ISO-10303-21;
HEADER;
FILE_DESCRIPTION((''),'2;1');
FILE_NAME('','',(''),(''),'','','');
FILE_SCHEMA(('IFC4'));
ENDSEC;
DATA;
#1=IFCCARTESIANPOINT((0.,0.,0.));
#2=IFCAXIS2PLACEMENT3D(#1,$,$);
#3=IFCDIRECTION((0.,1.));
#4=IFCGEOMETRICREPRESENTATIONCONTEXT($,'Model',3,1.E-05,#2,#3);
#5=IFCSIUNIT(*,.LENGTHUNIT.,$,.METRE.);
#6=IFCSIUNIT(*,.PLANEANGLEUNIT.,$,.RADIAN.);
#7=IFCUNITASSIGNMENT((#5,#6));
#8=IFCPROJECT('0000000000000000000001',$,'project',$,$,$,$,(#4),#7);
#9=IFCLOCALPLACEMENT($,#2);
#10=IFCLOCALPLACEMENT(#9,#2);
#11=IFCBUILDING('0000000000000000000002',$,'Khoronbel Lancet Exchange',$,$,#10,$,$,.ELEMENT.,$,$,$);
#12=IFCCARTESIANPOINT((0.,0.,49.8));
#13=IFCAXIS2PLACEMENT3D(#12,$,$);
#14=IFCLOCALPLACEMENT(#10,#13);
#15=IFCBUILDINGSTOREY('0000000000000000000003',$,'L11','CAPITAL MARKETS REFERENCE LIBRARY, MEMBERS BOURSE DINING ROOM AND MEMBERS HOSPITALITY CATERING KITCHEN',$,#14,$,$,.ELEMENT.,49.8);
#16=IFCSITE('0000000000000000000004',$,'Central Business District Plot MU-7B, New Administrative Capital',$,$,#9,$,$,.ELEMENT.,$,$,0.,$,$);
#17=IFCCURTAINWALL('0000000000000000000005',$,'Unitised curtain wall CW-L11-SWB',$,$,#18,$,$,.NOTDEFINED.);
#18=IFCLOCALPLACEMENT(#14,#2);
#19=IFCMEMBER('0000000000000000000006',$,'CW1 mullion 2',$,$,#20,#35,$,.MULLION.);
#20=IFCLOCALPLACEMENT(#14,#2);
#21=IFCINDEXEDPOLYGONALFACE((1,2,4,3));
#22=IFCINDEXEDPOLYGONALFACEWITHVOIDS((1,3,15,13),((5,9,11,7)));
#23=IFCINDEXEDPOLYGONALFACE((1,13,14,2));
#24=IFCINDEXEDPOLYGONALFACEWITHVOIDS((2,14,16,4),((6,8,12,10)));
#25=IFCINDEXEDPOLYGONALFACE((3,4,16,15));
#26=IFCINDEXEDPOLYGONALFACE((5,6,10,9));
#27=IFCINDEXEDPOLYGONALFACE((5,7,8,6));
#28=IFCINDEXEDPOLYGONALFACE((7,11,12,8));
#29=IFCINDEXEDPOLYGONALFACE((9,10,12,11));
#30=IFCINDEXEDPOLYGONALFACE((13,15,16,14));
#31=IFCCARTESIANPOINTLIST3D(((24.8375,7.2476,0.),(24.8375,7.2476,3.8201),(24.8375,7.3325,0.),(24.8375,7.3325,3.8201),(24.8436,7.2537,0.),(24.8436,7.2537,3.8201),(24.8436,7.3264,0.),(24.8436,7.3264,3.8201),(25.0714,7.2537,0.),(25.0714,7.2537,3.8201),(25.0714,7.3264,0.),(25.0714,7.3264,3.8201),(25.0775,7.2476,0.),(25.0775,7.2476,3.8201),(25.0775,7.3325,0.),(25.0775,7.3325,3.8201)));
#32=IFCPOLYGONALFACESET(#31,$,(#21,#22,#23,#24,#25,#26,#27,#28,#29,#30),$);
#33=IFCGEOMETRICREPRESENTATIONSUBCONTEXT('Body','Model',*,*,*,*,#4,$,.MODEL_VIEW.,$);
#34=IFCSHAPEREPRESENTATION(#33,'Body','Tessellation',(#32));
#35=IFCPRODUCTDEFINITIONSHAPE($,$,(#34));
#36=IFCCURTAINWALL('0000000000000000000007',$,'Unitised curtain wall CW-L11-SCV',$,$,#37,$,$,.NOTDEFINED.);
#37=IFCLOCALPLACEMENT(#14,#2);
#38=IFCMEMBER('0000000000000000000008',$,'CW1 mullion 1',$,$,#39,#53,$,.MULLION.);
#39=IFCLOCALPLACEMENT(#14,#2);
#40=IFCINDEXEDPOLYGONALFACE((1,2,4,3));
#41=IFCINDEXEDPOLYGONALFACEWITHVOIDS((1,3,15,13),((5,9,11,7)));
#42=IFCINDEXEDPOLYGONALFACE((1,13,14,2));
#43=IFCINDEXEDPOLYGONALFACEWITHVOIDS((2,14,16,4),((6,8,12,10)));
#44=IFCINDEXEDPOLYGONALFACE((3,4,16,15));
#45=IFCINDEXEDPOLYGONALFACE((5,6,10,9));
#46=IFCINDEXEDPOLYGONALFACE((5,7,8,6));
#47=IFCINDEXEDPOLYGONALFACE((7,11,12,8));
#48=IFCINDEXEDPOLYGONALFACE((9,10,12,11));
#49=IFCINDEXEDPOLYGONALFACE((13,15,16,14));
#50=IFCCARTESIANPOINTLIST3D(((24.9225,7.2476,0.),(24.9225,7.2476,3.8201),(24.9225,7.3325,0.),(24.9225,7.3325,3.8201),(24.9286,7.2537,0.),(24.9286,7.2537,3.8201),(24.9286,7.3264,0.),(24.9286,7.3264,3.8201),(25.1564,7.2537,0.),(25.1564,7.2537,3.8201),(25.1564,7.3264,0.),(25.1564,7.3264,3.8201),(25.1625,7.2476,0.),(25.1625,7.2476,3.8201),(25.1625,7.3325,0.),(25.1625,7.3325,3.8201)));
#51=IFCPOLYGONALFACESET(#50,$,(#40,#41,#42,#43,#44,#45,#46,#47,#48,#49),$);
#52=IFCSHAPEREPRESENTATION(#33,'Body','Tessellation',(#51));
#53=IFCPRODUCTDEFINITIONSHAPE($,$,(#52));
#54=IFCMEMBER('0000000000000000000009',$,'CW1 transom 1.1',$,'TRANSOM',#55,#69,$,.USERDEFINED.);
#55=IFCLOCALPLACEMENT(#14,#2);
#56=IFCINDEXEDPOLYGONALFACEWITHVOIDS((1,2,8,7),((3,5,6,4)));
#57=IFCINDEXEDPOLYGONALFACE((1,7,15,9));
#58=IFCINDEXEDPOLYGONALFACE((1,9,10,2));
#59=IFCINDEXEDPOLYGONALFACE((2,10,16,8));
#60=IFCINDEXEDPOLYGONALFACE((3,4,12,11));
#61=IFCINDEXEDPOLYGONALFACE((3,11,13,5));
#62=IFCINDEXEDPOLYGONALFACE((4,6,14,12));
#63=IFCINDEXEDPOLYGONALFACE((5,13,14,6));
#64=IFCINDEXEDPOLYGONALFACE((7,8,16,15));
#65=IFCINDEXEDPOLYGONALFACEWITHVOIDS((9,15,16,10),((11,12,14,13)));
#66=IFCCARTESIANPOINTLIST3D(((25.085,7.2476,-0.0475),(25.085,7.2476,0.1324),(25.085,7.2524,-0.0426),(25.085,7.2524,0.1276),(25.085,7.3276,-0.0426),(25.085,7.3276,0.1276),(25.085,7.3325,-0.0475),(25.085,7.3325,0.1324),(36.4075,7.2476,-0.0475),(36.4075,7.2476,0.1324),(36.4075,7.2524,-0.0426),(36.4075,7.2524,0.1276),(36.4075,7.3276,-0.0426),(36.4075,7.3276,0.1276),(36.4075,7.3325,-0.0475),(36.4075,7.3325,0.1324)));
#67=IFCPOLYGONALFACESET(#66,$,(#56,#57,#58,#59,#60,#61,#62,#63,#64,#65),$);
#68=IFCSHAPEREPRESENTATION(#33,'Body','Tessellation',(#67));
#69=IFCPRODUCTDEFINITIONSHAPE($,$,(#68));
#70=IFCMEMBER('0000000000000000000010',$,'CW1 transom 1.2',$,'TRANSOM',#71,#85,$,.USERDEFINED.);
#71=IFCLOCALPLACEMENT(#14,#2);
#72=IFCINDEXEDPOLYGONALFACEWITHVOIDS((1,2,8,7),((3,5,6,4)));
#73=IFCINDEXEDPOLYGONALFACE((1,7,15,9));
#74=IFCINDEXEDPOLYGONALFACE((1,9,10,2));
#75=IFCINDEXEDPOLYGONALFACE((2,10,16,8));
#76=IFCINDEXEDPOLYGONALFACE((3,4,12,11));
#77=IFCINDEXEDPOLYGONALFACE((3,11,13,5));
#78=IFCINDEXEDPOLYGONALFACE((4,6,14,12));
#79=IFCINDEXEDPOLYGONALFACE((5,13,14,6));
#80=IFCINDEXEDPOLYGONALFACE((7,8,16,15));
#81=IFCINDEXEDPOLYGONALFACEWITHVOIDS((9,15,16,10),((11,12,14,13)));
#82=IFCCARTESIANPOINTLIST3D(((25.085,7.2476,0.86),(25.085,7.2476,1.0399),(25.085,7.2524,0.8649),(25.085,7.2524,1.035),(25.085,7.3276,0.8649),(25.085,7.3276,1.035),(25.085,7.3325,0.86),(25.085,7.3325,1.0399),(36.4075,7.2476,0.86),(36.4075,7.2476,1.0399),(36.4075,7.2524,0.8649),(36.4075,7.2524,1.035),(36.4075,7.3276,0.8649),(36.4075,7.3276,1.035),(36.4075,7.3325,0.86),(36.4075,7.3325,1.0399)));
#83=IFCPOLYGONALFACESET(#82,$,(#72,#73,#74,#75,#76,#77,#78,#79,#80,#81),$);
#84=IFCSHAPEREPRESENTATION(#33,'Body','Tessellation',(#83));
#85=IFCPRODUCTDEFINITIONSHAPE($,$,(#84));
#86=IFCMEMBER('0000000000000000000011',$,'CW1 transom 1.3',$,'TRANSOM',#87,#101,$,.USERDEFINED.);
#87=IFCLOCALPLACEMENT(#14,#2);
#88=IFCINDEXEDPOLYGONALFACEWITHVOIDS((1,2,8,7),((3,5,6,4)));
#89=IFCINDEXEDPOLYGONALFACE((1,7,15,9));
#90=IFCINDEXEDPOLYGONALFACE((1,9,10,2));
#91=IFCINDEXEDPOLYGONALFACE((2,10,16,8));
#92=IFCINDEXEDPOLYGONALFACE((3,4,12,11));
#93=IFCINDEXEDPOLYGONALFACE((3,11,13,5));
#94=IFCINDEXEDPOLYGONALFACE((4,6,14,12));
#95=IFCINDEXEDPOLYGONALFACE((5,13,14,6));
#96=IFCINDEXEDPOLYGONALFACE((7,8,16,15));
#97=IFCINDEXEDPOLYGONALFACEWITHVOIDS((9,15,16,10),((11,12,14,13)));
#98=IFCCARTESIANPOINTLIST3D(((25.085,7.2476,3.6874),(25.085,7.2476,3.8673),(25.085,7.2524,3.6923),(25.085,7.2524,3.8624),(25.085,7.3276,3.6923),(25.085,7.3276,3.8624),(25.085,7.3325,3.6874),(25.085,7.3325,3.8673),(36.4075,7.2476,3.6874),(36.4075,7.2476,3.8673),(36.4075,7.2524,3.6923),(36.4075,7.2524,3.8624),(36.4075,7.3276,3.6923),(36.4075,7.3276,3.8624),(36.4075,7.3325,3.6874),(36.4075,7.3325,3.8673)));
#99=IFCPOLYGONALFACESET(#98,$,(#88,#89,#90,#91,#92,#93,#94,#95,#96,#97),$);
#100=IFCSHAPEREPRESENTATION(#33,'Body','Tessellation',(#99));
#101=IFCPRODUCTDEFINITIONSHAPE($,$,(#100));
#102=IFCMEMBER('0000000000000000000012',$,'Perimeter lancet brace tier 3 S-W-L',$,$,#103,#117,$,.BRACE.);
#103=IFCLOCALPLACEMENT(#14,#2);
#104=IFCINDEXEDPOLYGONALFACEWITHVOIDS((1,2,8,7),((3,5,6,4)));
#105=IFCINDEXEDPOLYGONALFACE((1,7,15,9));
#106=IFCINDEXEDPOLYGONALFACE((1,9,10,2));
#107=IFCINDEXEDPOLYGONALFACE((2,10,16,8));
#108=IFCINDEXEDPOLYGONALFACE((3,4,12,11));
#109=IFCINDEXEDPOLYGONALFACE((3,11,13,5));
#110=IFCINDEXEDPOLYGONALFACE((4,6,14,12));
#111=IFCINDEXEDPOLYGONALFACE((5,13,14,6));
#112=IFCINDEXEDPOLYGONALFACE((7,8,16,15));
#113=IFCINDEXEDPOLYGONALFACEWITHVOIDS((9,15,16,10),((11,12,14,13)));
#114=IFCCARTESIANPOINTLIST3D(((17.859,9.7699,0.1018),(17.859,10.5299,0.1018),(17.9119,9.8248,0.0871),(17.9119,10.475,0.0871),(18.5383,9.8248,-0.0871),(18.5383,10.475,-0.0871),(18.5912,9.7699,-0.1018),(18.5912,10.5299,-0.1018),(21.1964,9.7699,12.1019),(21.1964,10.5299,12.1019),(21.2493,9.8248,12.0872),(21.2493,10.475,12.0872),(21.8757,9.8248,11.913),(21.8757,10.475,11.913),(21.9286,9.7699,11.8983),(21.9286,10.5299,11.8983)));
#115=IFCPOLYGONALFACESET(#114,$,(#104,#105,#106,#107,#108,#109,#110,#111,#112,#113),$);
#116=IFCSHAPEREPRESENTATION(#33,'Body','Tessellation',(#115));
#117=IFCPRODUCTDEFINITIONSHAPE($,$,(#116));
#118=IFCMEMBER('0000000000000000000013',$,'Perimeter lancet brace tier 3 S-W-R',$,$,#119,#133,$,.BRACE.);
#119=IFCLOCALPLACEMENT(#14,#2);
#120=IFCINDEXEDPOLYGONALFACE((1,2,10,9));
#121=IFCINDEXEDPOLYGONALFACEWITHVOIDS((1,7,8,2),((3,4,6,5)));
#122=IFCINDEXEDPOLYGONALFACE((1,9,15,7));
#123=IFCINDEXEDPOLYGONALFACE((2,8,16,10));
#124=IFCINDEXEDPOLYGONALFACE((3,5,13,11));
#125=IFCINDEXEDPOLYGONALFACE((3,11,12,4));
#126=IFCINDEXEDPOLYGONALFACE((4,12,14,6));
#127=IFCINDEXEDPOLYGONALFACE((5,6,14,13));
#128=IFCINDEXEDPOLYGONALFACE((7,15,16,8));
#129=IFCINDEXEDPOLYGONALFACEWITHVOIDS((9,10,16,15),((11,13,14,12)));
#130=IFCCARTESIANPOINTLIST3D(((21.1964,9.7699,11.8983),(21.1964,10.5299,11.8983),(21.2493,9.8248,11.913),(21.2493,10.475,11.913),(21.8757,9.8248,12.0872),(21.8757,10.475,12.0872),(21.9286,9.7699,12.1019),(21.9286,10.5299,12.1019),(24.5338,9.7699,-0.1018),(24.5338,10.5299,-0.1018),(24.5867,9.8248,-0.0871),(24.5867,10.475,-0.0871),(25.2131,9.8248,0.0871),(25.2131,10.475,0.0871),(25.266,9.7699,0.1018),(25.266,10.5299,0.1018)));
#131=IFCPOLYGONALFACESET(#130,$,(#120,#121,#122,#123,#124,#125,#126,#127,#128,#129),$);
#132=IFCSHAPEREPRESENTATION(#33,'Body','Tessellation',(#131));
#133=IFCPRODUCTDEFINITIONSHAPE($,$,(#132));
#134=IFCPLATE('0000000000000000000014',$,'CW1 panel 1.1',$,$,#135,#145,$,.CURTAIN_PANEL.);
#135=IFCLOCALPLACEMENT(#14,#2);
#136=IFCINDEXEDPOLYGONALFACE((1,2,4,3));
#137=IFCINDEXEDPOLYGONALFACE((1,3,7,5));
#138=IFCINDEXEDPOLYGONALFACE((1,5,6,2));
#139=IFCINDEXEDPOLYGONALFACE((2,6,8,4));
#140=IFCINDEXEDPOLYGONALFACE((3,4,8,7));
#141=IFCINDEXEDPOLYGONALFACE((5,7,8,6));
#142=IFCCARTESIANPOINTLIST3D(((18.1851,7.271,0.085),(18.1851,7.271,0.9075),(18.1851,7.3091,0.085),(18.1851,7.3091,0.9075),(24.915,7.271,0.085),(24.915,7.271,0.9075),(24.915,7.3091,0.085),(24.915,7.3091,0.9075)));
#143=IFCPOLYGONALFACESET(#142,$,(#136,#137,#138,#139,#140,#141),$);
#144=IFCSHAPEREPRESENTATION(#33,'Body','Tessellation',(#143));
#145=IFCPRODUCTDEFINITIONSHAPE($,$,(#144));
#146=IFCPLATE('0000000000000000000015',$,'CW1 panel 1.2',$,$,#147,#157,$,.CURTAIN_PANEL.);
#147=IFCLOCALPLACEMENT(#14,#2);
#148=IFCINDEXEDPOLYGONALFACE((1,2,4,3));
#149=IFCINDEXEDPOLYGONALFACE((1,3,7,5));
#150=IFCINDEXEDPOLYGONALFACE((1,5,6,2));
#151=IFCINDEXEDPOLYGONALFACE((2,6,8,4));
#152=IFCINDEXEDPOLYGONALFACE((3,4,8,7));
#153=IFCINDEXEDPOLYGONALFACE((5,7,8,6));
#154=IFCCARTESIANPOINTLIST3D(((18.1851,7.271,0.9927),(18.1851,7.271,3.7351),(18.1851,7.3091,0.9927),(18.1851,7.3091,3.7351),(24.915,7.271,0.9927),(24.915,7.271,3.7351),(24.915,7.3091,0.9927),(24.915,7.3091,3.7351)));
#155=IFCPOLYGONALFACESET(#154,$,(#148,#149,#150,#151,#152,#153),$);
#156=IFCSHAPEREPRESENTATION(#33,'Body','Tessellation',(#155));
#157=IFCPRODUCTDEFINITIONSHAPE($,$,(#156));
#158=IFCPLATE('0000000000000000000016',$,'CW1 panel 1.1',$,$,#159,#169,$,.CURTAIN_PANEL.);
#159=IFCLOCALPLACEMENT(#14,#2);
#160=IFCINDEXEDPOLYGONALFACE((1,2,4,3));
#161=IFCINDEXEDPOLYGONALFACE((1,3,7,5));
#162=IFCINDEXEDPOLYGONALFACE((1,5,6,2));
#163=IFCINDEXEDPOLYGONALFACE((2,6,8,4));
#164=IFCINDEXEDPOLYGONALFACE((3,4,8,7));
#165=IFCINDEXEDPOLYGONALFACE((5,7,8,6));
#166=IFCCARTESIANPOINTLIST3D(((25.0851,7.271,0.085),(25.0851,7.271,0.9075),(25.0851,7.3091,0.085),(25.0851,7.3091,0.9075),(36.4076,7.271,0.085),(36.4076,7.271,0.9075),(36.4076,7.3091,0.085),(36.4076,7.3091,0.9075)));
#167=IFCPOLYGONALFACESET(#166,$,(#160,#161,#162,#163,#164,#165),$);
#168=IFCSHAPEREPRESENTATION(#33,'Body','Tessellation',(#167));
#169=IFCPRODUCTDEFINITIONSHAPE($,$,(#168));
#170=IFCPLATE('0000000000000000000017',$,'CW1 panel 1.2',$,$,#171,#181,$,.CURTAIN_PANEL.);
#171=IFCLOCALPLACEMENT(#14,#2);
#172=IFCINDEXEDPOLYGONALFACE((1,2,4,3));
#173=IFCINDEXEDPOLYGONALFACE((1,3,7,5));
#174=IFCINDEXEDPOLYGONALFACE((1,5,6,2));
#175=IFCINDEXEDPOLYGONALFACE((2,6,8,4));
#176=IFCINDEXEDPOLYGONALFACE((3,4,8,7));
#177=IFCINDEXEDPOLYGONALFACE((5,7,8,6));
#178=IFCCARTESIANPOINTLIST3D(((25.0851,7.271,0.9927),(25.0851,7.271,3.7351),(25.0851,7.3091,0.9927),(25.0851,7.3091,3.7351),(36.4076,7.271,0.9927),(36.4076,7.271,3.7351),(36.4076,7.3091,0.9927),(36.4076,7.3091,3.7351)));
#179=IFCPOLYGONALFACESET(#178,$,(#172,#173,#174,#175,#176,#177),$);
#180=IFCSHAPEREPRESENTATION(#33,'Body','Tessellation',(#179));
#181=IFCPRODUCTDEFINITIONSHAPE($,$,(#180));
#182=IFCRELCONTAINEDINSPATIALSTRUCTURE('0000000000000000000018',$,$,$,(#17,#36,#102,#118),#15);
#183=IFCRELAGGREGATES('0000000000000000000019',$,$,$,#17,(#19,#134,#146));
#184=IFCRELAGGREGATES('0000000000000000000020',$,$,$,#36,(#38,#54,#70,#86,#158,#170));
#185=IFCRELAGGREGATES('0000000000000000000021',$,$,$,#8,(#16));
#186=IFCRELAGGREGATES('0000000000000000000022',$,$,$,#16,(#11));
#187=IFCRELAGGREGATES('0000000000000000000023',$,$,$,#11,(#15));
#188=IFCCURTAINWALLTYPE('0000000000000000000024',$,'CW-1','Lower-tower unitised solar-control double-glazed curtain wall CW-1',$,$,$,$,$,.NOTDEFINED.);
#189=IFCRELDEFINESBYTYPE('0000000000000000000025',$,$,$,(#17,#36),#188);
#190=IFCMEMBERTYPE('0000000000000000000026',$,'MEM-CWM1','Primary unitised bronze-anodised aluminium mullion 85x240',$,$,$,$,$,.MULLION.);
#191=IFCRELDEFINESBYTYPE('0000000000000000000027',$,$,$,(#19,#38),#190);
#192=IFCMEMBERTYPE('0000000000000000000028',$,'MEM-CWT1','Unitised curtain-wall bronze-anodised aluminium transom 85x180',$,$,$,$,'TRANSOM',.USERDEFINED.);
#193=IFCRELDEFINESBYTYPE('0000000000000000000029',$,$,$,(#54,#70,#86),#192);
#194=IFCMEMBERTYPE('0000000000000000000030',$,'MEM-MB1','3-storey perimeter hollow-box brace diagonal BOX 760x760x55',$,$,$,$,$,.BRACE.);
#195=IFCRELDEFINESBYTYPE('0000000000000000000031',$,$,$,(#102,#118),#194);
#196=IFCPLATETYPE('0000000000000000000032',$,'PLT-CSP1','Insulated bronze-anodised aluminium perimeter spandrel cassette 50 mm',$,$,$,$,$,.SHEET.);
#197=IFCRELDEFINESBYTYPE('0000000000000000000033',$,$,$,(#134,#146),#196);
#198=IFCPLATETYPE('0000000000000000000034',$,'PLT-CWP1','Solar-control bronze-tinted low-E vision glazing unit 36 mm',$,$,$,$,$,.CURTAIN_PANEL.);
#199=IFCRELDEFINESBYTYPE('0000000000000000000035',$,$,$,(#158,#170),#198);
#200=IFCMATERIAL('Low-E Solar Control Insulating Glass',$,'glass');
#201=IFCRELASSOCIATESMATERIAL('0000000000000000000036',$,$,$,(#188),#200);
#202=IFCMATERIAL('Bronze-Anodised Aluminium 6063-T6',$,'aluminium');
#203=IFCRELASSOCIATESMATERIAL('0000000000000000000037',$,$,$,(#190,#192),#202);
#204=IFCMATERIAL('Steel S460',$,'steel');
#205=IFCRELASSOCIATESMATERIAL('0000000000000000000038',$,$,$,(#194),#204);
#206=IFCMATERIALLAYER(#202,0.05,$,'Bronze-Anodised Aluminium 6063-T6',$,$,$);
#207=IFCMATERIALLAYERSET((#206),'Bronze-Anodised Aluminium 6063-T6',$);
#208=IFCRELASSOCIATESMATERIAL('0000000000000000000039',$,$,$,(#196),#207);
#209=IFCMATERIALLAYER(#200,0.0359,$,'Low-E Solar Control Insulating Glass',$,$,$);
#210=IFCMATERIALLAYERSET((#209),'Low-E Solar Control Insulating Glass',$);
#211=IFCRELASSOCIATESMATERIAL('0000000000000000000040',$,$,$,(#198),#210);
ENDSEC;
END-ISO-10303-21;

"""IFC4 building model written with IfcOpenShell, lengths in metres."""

from ifc_helpers import new_model, si_unit, direction, frame, origin, origin_2d, place, context, subcontext, project, spatial, rectangle, hollow_rectangle, extrude, material, layer, layer_set, material_profile, profile_set, type_object, element, aggregate, save


model = new_model("IFC4")

# Units and contexts
model_context = context("Model", 3, precision=1e-05, world=origin(), true_north=direction((0.0, 1.0)))
body_context = subcontext(model_context, "Body", "Model", "MODEL_VIEW")
ifc_project = project(units=[si_unit("LENGTHUNIT", "METRE"), si_unit("PLANEANGLEUNIT", "RADIAN")], contexts=[model_context])

# Site, building, storey
site_placement = place(None, origin())
site = spatial("IfcSite", under=ifc_project, at=site_placement, Name="Central Business District Plot MU-7B, New Administrative Capital", CompositionType="ELEMENT", RefElevation=0.0)
building_placement = place(site_placement, origin())
building = spatial("IfcBuilding", under=site, at=building_placement, Name="Khoronbel Lancet Exchange", CompositionType="ELEMENT")
storey_placement = place(building_placement, frame((0.0, 0.0, 49.8)))
storey = spatial("IfcBuildingStorey", under=building, at=storey_placement, Name="L11", Description="CAPITAL MARKETS REFERENCE LIBRARY, MEMBERS BOURSE DINING ROOM AND MEMBERS HOSPITALITY CATERING KITCHEN", CompositionType="ELEMENT", Elevation=49.8)

# Shared definitions
ifc_material_1 = material(Name="Steel S460", Category="steel")

# Curtain wall, member
ifc_material_2 = material(Name="Low-E Solar Control Insulating Glass", Category="glass")
curtain_wall_type = type_object("IfcCurtainWallType", Name="CW-1", Description="Lower-tower unitised solar-control double-glazed curtain wall CW-1", PredefinedType="NOTDEFINED", material=ifc_material_2)
curtain_wall_1_placement = place(storey_placement, origin())
curtain_wall_1 = element("IfcCurtainWall", 1, at=curtain_wall_1_placement, inside=storey, type_object=curtain_wall_type, Name="Unitised curtain wall CW-L11-SWB", PredefinedType="NOTDEFINED")
ifc_material_3 = material(Name="Bronze-Anodised Aluminium 6063-T6", Category="aluminium")
ifc_material_profile_1 = material_profile(ifc_material_3, hollow_rectangle(XDim=0.085, YDim=0.24, WallThickness=0.0061, at=origin_2d()), Name="ALU MULLION 85x240")
ifc_profile_set_1 = profile_set([ifc_material_profile_1], Name="Bronze-Anodised Aluminium 6063-T6")
member_type_1 = type_object("IfcMemberType", Name="MEM-CWM1", Description="Primary unitised bronze-anodised aluminium mullion 85x240", PredefinedType="MULLION", material=ifc_profile_set_1)
member_1_placement = place(storey_placement, frame((24.9575, 7.29, 0.0), z_axis=(0.0, 0.0, 1.0), x_axis=(0.0, 1.0, 0.0)))
member_1 = element("IfcMember", 2, at=member_1_placement, type_object=member_type_1, Name="CW1 mullion 2", PredefinedType="MULLION", context=body_context, shape_type="SweptSolid", body=[
    extrude(hollow_rectangle(XDim=0.085, YDim=0.24, WallThickness=0.0061, at=origin_2d()), origin(), (0.0, 0.0, 1.0), 3.8201),
])

# Curtain wall, members
curtain_wall_2_placement = place(storey_placement, origin())
curtain_wall_2 = element("IfcCurtainWall", 3, at=curtain_wall_2_placement, inside=storey, type_object=curtain_wall_type, Name="Unitised curtain wall CW-L11-SCV", PredefinedType="NOTDEFINED")
member_2_placement = place(storey_placement, frame((25.0425, 7.29, 0.0), z_axis=(0.0, 0.0, 1.0), x_axis=(0.0, 1.0, 0.0)))
member_2 = element("IfcMember", 4, at=member_2_placement, type_object=member_type_1, Name="CW1 mullion 1", PredefinedType="MULLION", context=body_context, shape_type="SweptSolid", body=[
    extrude(hollow_rectangle(XDim=0.085, YDim=0.24, WallThickness=0.0061, at=origin_2d()), origin(), (0.0, 0.0, 1.0), 3.8201),
])
ifc_material_profile_2 = material_profile(ifc_material_3, hollow_rectangle(XDim=0.085, YDim=0.1799, WallThickness=0.0049, at=origin_2d()), Name="ALU TRANSOM 85x180")
ifc_profile_set_2 = profile_set([ifc_material_profile_2], Name="Bronze-Anodised Aluminium 6063-T6")
member_type_2 = type_object("IfcMemberType", Name="MEM-CWT1", Description="Unitised curtain-wall bronze-anodised aluminium transom 85x180", ElementType="TRANSOM", PredefinedType="USERDEFINED", material=ifc_profile_set_2)
member_3_placement = place(storey_placement, frame((25.085, 7.29, 0.0425), z_axis=(1.0, 0.0, 0.0), x_axis=(0.0, 1.0, 0.0)))
member_3 = element("IfcMember", 5, at=member_3_placement, type_object=member_type_2, Name="CW1 transom 1.1", ObjectType="TRANSOM", PredefinedType="USERDEFINED", context=body_context, shape_type="SweptSolid", body=[
    extrude(hollow_rectangle(XDim=0.085, YDim=0.1799, WallThickness=0.0049, at=origin_2d()), origin(), (0.0, 0.0, 1.0), 11.3225),
])
member_4_placement = place(storey_placement, frame((25.085, 7.29, 0.95), z_axis=(1.0, 0.0, 0.0), x_axis=(0.0, 1.0, 0.0)))
member_4 = element("IfcMember", 6, at=member_4_placement, type_object=member_type_2, Name="CW1 transom 1.2", ObjectType="TRANSOM", PredefinedType="USERDEFINED", context=body_context, shape_type="SweptSolid", body=[
    extrude(hollow_rectangle(XDim=0.085, YDim=0.1799, WallThickness=0.0049, at=origin_2d()), origin(), (0.0, 0.0, 1.0), 11.3225),
])
member_5_placement = place(storey_placement, frame((25.085, 7.29, 3.7773), z_axis=(1.0, 0.0, 0.0), x_axis=(0.0, 1.0, 0.0)))
member_5 = element("IfcMember", 7, at=member_5_placement, type_object=member_type_2, Name="CW1 transom 1.3", ObjectType="TRANSOM", PredefinedType="USERDEFINED", context=body_context, shape_type="SweptSolid", body=[
    extrude(hollow_rectangle(XDim=0.085, YDim=0.1799, WallThickness=0.0049, at=origin_2d()), origin(), (0.0, 0.0, 1.0), 11.3225),
])

# Members
ifc_material_profile_3 = material_profile(ifc_material_1, hollow_rectangle(XDim=0.76, YDim=0.76, WallThickness=0.0549, at=origin_2d()), Name="BOX 760x760x55")
ifc_profile_set_3 = profile_set([ifc_material_profile_3], Name="Steel S460")
member_type_3 = type_object("IfcMemberType", Name="MEM-MB1", Description="3-storey perimeter hollow-box brace diagonal BOX 760x760x55", PredefinedType="BRACE", material=ifc_profile_set_3)
for number, where, z_axis, x_axis, name in (
    (8, (18.2251, 10.1499, 0.0), (0.267947, 0.0, 0.963434), (0.0, 1.0, 0.0), "Perimeter lancet brace tier 3 S-W-L"),
    (9, (24.8999, 10.1499, 0.0), (-0.267947, 0.0, 0.963434), (0.0, -1.0, 0.0), "Perimeter lancet brace tier 3 S-W-R"),
):
    element("IfcMember", number, at=place(storey_placement, frame(where, z_axis=z_axis, x_axis=x_axis)), inside=storey, type_object=member_type_3, Name=name, PredefinedType="BRACE", context=body_context, shape_type="SweptSolid", body=[
        extrude(hollow_rectangle(XDim=0.76, YDim=0.76, WallThickness=0.0549, at=origin_2d()), origin(), (0.0, 0.0, 1.0), 12.4556),
    ])

# Plates
ifc_layer_1 = layer(ifc_material_3, 0.05, Name="Bronze-Anodised Aluminium 6063-T6")
ifc_layer_set_1 = layer_set([ifc_layer_1], Name="Bronze-Anodised Aluminium 6063-T6")
plate_type_1 = type_object("IfcPlateType", Name="PLT-CSP1", Description="Insulated bronze-anodised aluminium perimeter spandrel cassette 50 mm", PredefinedType="SHEET", material=ifc_layer_set_1)
plate_1_placement = place(storey_placement, frame((21.55, 7.29, 0.085), z_axis=(0.0, 0.0, 1.0), x_axis=(1.0, 0.0, 0.0)))
plate_1 = element("IfcPlate", 10, at=plate_1_placement, type_object=plate_type_1, Name="CW1 panel 1.1", PredefinedType="CURTAIN_PANEL", context=body_context, shape_type="SweptSolid", body=[
    extrude(rectangle(XDim=6.73, YDim=0.0381, at=origin_2d()), origin(), (0.0, 0.0, 1.0), 0.8225),
])
plate_2_placement = place(storey_placement, frame((21.55, 7.29, 0.9927), z_axis=(0.0, 0.0, 1.0), x_axis=(1.0, 0.0, 0.0)))
plate_2 = element("IfcPlate", 11, at=plate_2_placement, type_object=plate_type_1, Name="CW1 panel 1.2", PredefinedType="CURTAIN_PANEL", context=body_context, shape_type="SweptSolid", body=[
    extrude(rectangle(XDim=6.73, YDim=0.0381, at=origin_2d()), origin(), (0.0, 0.0, 1.0), 2.7424),
])
aggregate(curtain_wall_1, [member_1, plate_1, plate_2])
ifc_layer_2 = layer(ifc_material_2, 0.0359, Name="Low-E Solar Control Insulating Glass")
ifc_layer_set_2 = layer_set([ifc_layer_2], Name="Low-E Solar Control Insulating Glass")
plate_type_2 = type_object("IfcPlateType", Name="PLT-CWP1", Description="Solar-control bronze-tinted low-E vision glazing unit 36 mm", PredefinedType="CURTAIN_PANEL", material=ifc_layer_set_2)
plate_3_placement = place(storey_placement, frame((30.7463, 7.29, 0.085), z_axis=(0.0, 0.0, 1.0), x_axis=(1.0, 0.0, 0.0)))
plate_3 = element("IfcPlate", 12, at=plate_3_placement, type_object=plate_type_2, Name="CW1 panel 1.1", PredefinedType="CURTAIN_PANEL", context=body_context, shape_type="SweptSolid", body=[
    extrude(rectangle(XDim=11.3225, YDim=0.0381, at=origin_2d()), origin(), (0.0, 0.0, 1.0), 0.8225),
])
plate_4_placement = place(storey_placement, frame((30.7463, 7.29, 0.9927), z_axis=(0.0, 0.0, 1.0), x_axis=(1.0, 0.0, 0.0)))
plate_4 = element("IfcPlate", 13, at=plate_4_placement, type_object=plate_type_2, Name="CW1 panel 1.2", PredefinedType="CURTAIN_PANEL", context=body_context, shape_type="SweptSolid", body=[
    extrude(rectangle(XDim=11.3225, YDim=0.0381, at=origin_2d()), origin(), (0.0, 0.0, 1.0), 2.7424),
])
aggregate(curtain_wall_2, [member_2, member_3, member_4, member_5, plate_3, plate_4])

save(model, "model.ifc")
